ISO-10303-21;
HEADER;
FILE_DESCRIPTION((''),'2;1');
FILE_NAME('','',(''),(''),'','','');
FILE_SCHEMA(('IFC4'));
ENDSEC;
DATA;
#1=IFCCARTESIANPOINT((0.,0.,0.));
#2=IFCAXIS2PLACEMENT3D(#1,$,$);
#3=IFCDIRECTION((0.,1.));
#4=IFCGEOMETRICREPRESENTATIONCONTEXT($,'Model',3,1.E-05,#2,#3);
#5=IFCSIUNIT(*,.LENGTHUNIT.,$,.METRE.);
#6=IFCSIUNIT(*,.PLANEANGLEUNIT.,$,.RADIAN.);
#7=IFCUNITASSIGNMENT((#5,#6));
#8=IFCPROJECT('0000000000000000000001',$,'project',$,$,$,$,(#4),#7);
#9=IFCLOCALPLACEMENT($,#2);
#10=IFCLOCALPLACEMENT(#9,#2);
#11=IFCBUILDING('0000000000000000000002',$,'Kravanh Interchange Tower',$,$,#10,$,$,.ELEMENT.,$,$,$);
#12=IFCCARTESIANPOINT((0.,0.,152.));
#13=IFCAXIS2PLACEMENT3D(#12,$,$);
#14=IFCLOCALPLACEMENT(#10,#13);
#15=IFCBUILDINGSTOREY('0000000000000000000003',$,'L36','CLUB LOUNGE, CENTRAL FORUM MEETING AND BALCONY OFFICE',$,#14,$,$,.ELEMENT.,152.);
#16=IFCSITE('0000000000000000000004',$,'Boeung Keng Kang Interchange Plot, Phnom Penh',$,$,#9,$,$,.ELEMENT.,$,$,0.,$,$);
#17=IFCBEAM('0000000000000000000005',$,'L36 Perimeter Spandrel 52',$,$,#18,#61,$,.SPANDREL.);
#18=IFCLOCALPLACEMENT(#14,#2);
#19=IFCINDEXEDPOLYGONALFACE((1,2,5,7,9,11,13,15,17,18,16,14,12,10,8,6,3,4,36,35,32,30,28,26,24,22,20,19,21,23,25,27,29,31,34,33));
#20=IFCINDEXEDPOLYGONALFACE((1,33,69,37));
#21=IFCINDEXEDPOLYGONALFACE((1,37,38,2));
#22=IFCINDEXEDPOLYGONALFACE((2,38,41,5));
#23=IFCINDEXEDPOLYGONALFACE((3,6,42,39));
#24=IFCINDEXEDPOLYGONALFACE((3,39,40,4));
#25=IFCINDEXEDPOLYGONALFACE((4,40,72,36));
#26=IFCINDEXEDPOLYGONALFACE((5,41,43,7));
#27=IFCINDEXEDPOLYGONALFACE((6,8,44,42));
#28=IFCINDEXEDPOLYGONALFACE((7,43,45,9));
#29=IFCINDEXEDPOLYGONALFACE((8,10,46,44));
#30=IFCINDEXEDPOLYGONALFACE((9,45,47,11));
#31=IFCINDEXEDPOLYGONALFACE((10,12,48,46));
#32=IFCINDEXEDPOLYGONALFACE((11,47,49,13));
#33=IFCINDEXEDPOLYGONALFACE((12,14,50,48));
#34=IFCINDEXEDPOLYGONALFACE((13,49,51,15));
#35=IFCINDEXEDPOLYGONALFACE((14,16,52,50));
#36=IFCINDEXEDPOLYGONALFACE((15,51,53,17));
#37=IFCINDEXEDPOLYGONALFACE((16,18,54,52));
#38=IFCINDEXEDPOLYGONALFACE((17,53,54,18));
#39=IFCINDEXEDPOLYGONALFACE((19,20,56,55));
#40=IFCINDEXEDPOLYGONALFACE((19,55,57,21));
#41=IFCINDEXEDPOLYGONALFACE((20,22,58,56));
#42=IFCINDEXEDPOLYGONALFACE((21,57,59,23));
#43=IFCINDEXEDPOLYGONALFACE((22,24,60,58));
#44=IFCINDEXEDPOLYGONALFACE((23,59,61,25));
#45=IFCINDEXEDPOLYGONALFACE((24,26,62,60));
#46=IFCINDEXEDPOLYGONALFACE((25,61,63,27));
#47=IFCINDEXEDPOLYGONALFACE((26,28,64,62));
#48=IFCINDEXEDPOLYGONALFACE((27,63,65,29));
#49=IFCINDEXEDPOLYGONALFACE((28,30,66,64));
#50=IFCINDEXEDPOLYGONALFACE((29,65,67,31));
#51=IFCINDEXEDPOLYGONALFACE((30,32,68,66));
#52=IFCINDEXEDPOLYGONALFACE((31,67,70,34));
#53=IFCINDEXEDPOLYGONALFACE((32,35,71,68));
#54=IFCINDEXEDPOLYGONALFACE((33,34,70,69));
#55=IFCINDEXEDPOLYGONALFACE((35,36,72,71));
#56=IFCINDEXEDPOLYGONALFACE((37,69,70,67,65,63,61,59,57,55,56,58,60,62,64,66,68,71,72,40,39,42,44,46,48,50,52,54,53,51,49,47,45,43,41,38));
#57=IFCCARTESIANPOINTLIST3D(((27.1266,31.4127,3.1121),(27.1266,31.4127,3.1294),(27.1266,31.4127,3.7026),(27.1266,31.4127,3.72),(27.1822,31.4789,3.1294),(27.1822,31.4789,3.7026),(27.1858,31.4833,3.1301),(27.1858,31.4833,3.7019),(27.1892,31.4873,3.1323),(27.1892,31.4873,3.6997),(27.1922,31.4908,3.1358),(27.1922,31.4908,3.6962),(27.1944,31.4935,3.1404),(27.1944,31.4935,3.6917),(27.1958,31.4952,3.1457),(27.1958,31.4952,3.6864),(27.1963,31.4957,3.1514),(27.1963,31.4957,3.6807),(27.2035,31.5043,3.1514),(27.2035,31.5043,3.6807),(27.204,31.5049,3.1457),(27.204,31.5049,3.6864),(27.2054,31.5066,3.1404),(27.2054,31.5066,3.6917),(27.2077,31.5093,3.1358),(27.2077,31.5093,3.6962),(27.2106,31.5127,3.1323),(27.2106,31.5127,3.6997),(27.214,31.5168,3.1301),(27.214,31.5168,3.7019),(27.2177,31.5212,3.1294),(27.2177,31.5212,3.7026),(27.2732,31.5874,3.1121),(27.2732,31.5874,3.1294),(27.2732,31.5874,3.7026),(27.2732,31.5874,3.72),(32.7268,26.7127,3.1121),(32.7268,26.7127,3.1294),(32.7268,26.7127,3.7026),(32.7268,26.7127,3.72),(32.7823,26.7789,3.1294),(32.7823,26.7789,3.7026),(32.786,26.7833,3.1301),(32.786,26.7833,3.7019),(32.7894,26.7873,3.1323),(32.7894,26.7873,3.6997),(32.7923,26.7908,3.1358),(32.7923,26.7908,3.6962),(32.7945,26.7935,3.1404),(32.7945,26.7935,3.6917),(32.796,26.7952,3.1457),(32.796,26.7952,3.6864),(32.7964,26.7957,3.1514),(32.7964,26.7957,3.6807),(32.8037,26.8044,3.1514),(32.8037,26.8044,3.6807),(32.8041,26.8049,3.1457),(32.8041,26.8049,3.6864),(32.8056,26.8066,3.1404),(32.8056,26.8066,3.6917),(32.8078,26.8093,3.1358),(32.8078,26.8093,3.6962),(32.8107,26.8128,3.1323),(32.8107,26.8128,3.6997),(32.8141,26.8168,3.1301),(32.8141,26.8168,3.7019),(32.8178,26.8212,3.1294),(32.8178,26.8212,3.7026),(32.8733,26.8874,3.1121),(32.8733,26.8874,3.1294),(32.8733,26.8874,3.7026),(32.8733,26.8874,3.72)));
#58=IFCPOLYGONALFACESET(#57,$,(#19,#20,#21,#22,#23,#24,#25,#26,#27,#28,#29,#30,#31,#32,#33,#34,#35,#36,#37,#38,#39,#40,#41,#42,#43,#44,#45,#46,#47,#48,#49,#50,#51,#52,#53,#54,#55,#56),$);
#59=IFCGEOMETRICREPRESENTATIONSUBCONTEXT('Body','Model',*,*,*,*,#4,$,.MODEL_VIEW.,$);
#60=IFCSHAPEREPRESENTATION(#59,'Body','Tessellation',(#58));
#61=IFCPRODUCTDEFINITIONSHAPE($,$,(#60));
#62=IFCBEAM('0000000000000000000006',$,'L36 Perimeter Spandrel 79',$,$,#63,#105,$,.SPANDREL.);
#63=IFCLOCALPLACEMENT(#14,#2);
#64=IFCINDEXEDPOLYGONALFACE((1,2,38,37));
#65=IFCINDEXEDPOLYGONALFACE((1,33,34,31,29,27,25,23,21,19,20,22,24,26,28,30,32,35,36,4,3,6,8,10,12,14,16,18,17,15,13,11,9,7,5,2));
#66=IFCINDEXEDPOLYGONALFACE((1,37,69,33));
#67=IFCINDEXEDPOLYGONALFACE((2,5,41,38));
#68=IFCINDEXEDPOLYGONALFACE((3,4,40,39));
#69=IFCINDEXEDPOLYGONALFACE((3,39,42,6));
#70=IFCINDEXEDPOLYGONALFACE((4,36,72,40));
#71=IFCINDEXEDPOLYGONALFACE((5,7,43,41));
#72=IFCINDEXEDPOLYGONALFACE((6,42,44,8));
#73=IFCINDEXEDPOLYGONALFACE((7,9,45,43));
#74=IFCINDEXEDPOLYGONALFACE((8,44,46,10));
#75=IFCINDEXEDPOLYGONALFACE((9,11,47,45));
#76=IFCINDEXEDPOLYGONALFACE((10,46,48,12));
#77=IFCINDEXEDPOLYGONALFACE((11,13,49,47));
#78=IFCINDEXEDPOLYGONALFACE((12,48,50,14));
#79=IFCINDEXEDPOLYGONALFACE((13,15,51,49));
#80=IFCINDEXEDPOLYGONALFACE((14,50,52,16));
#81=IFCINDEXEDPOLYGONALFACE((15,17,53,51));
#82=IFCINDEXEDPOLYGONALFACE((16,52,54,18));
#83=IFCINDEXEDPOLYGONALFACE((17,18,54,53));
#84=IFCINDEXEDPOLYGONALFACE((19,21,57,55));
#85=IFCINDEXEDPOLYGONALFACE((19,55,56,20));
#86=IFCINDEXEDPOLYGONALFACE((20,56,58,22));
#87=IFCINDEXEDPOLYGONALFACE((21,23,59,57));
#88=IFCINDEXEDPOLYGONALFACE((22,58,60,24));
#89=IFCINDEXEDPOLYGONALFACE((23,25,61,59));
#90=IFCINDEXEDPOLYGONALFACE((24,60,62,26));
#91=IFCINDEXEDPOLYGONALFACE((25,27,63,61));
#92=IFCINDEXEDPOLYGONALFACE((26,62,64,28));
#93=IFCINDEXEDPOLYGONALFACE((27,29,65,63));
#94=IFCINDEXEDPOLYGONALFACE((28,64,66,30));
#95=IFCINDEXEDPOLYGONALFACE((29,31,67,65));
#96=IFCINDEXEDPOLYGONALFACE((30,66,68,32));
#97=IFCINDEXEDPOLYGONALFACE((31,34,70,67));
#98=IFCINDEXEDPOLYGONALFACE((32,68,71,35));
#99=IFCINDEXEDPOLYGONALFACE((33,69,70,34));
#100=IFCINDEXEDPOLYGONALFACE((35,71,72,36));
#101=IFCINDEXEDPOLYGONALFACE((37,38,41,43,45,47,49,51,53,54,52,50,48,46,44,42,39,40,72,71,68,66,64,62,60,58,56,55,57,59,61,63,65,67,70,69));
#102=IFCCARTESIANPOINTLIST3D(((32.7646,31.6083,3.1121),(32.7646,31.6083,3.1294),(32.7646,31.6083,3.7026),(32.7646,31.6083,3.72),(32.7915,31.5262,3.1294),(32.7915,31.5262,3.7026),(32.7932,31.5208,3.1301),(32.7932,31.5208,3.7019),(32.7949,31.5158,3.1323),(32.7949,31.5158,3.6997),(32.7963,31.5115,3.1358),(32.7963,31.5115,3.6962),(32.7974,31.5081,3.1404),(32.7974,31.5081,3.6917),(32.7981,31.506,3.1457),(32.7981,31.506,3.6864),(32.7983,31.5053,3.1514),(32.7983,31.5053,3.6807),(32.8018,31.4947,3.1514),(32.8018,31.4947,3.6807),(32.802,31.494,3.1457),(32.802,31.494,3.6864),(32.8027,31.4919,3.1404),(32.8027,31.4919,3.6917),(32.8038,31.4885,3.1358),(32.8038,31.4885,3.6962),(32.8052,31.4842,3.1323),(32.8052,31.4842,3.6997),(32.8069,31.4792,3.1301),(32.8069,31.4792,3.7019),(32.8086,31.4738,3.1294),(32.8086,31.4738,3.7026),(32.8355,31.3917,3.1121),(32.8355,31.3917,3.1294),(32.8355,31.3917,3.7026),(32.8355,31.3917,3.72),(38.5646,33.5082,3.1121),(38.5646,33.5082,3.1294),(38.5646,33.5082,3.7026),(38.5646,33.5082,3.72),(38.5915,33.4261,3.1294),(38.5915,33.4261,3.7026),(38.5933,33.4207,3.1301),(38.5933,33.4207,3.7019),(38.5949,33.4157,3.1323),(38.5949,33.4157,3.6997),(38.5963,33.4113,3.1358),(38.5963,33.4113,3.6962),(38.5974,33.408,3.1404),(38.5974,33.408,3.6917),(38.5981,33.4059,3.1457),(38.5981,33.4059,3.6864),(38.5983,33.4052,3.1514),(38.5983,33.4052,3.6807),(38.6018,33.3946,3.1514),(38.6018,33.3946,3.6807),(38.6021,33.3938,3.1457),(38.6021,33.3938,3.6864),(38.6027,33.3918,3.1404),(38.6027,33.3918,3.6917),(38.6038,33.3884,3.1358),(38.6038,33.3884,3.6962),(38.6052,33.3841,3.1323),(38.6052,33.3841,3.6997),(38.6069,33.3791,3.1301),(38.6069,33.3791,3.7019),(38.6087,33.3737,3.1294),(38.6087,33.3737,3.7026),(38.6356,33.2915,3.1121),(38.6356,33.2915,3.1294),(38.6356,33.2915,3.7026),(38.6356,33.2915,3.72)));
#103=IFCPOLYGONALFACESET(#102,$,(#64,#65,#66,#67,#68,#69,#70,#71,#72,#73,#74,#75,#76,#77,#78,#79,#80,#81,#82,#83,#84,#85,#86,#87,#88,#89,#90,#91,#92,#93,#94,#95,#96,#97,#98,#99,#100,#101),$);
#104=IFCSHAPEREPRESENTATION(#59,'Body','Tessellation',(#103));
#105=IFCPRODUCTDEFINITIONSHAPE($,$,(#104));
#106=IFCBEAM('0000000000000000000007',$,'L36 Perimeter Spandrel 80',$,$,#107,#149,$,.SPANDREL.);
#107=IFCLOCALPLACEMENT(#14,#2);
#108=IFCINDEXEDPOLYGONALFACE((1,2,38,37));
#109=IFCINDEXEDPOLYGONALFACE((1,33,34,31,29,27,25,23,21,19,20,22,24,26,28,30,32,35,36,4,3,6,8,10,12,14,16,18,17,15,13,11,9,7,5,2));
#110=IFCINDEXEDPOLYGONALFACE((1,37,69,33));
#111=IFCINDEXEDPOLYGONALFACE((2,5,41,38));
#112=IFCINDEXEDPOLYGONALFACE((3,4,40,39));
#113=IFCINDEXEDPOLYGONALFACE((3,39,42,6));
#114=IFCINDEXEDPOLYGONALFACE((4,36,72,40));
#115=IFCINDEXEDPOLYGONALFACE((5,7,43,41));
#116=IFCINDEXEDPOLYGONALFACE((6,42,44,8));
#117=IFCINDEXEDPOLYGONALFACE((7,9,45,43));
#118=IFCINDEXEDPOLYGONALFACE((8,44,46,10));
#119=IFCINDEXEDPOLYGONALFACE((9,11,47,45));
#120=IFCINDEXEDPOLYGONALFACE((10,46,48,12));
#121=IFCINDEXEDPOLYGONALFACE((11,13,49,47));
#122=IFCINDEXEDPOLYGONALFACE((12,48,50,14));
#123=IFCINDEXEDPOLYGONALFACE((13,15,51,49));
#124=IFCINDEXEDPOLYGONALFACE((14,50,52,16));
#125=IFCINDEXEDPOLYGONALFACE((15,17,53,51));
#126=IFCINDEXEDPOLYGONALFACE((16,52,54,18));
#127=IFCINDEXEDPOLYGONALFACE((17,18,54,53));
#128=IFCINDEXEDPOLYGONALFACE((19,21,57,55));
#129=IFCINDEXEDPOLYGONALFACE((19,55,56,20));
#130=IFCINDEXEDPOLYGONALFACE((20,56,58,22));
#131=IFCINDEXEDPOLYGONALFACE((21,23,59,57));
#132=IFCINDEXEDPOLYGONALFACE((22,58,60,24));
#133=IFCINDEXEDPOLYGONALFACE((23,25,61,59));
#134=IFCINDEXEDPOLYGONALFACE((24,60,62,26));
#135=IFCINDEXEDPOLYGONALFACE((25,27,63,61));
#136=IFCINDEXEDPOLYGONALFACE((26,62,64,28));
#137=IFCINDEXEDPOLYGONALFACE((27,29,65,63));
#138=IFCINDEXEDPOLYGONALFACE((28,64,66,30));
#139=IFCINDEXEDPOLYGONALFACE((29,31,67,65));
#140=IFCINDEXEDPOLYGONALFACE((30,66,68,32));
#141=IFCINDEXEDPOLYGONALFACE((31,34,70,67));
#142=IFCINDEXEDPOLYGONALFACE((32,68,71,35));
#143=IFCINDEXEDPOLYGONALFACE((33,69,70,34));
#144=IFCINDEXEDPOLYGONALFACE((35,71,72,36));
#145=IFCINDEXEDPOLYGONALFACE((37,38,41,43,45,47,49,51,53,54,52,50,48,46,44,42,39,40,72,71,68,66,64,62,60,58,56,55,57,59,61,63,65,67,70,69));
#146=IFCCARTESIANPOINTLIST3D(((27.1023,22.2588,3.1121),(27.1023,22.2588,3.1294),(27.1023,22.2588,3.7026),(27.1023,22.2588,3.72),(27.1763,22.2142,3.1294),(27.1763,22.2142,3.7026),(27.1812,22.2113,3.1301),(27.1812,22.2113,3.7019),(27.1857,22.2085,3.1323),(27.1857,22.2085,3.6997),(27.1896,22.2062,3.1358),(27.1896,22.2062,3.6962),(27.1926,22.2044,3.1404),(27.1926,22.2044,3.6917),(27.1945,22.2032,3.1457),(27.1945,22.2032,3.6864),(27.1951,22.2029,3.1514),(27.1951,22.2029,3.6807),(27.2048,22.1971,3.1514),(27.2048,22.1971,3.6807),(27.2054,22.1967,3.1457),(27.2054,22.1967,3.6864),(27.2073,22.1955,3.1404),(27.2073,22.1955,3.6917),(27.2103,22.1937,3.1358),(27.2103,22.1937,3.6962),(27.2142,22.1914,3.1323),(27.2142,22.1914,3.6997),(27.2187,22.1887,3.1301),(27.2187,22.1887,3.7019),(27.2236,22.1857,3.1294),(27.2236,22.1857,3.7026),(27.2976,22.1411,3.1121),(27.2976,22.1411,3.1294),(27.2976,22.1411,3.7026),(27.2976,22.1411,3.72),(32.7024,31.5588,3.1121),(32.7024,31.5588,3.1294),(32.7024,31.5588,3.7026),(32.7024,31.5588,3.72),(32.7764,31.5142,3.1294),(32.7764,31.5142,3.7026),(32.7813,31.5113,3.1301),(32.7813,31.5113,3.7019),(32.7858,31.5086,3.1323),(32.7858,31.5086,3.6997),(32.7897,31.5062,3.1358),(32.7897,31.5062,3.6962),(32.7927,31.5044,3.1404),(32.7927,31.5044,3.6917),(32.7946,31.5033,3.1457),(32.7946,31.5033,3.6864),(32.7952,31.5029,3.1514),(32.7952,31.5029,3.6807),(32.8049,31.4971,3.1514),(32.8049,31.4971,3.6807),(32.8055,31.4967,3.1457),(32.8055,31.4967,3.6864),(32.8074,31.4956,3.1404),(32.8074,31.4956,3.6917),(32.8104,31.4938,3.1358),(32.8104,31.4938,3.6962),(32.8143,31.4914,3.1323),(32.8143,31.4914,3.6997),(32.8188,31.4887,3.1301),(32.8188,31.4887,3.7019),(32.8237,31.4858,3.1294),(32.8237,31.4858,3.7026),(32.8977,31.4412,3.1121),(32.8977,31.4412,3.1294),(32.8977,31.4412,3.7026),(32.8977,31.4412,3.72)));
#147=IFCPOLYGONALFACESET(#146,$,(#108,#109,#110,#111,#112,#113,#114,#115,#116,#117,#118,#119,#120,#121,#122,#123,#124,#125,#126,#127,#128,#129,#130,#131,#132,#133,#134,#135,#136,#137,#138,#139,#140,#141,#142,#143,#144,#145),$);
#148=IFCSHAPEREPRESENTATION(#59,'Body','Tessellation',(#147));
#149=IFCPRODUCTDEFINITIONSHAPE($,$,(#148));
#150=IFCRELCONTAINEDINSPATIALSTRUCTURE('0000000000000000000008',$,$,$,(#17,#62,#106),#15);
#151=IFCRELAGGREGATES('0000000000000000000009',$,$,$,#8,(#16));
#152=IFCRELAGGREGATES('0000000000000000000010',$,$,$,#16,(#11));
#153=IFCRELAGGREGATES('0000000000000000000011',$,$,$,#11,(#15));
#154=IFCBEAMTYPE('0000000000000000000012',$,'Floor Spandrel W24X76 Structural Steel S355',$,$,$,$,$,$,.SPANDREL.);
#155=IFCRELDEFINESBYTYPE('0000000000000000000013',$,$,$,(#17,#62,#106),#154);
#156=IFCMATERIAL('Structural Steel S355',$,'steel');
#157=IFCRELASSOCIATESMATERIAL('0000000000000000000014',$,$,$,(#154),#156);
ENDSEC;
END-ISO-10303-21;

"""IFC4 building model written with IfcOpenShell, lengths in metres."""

from ifc_helpers import new_model, si_unit, direction, frame, origin, origin_2d, place, context, subcontext, project, spatial, i_section, extrude, material, material_profile, profile_set, type_object, element, save


model = new_model("IFC4")

# Units and contexts
model_context = context("Model", 3, precision=1e-05, world=origin(), true_north=direction((0.0, 1.0)))
body_context = subcontext(model_context, "Body", "Model", "MODEL_VIEW")
ifc_project = project(units=[si_unit("LENGTHUNIT", "METRE"), si_unit("PLANEANGLEUNIT", "RADIAN")], contexts=[model_context])

# Site, building, storey
site_placement = place(None, origin())
site = spatial("IfcSite", under=ifc_project, at=site_placement, Name="Boeung Keng Kang Interchange Plot, Phnom Penh", CompositionType="ELEMENT", RefElevation=0.0)
building_placement = place(site_placement, origin())
building = spatial("IfcBuilding", under=site, at=building_placement, Name="Kravanh Interchange Tower", CompositionType="ELEMENT")
storey_placement = place(building_placement, frame((0.0, 0.0, 152.0)))
storey = spatial("IfcBuildingStorey", under=building, at=storey_placement, Name="L36", Description="CLUB LOUNGE, CENTRAL FORUM MEETING AND BALCONY OFFICE", CompositionType="ELEMENT", Elevation=152.0)

# Beams
ifc_material_1 = material(Name="Structural Steel S355", Category="steel")
ifc_material_profile_1 = material_profile(ifc_material_1, i_section(OverallWidth=0.228, OverallDepth=0.6079, WebThickness=0.0112, FlangeThickness=0.0173, FilletRadius=0.022, at=origin_2d()), Name="W24X76")
ifc_profile_set_1 = profile_set([ifc_material_profile_1], Name="Structural Steel S355")
beam_type_1 = type_object("IfcBeamType", Name="Floor Spandrel W24X76 Structural Steel S355", PredefinedType="SPANDREL", material=ifc_profile_set_1)
beam_1_placement = place(storey_placement, frame((32.8, 26.8, 3.416), z_axis=(-0.765983, 0.642861, 0.0), x_axis=(-0.642861, -0.765983, 0.0)))
element("IfcBeam", 1, at=beam_1_placement, inside=storey, type_object=beam_type_1, Name="L36 Perimeter Spandrel 52", PredefinedType="SPANDREL", context=body_context, shape_type="SweptSolid", body=[
    extrude(i_section(OverallWidth=0.228, OverallDepth=0.6079, WebThickness=0.0112, FlangeThickness=0.0173, FilletRadius=0.022, at=origin_2d()), origin(), (0.0, 0.0, 1.0), 7.311),
])
beam_2_placement = place(storey_placement, frame((32.8, 31.5, 3.416), z_axis=(0.950315, 0.311291, 0.0), x_axis=(-0.311291, 0.950315, 0.0)))
element("IfcBeam", 2, at=beam_2_placement, inside=storey, type_object=beam_type_1, Name="L36 Perimeter Spandrel 79", PredefinedType="SPANDREL", context=body_context, shape_type="SweptSolid", body=[
    extrude(i_section(OverallWidth=0.228, OverallDepth=0.6079, WebThickness=0.0112, FlangeThickness=0.0173, FilletRadius=0.022, at=origin_2d()), origin(), (0.0, 0.0, 1.0), 6.1033),
])
beam_3_placement = place(storey_placement, frame((32.8, 31.5, 3.416), z_axis=(-0.515854, -0.856676, 0.0), x_axis=(0.856676, -0.515854, 0.0)))
element("IfcBeam", 3, at=beam_3_placement, inside=storey, type_object=beam_type_1, Name="L36 Perimeter Spandrel 80", PredefinedType="SPANDREL", context=body_context, shape_type="SweptSolid", body=[
    extrude(i_section(OverallWidth=0.228, OverallDepth=0.6079, WebThickness=0.0112, FlangeThickness=0.0173, FilletRadius=0.022, at=origin_2d()), origin(), (0.0, 0.0, 1.0), 10.856),
])

save(model, "model.ifc")
